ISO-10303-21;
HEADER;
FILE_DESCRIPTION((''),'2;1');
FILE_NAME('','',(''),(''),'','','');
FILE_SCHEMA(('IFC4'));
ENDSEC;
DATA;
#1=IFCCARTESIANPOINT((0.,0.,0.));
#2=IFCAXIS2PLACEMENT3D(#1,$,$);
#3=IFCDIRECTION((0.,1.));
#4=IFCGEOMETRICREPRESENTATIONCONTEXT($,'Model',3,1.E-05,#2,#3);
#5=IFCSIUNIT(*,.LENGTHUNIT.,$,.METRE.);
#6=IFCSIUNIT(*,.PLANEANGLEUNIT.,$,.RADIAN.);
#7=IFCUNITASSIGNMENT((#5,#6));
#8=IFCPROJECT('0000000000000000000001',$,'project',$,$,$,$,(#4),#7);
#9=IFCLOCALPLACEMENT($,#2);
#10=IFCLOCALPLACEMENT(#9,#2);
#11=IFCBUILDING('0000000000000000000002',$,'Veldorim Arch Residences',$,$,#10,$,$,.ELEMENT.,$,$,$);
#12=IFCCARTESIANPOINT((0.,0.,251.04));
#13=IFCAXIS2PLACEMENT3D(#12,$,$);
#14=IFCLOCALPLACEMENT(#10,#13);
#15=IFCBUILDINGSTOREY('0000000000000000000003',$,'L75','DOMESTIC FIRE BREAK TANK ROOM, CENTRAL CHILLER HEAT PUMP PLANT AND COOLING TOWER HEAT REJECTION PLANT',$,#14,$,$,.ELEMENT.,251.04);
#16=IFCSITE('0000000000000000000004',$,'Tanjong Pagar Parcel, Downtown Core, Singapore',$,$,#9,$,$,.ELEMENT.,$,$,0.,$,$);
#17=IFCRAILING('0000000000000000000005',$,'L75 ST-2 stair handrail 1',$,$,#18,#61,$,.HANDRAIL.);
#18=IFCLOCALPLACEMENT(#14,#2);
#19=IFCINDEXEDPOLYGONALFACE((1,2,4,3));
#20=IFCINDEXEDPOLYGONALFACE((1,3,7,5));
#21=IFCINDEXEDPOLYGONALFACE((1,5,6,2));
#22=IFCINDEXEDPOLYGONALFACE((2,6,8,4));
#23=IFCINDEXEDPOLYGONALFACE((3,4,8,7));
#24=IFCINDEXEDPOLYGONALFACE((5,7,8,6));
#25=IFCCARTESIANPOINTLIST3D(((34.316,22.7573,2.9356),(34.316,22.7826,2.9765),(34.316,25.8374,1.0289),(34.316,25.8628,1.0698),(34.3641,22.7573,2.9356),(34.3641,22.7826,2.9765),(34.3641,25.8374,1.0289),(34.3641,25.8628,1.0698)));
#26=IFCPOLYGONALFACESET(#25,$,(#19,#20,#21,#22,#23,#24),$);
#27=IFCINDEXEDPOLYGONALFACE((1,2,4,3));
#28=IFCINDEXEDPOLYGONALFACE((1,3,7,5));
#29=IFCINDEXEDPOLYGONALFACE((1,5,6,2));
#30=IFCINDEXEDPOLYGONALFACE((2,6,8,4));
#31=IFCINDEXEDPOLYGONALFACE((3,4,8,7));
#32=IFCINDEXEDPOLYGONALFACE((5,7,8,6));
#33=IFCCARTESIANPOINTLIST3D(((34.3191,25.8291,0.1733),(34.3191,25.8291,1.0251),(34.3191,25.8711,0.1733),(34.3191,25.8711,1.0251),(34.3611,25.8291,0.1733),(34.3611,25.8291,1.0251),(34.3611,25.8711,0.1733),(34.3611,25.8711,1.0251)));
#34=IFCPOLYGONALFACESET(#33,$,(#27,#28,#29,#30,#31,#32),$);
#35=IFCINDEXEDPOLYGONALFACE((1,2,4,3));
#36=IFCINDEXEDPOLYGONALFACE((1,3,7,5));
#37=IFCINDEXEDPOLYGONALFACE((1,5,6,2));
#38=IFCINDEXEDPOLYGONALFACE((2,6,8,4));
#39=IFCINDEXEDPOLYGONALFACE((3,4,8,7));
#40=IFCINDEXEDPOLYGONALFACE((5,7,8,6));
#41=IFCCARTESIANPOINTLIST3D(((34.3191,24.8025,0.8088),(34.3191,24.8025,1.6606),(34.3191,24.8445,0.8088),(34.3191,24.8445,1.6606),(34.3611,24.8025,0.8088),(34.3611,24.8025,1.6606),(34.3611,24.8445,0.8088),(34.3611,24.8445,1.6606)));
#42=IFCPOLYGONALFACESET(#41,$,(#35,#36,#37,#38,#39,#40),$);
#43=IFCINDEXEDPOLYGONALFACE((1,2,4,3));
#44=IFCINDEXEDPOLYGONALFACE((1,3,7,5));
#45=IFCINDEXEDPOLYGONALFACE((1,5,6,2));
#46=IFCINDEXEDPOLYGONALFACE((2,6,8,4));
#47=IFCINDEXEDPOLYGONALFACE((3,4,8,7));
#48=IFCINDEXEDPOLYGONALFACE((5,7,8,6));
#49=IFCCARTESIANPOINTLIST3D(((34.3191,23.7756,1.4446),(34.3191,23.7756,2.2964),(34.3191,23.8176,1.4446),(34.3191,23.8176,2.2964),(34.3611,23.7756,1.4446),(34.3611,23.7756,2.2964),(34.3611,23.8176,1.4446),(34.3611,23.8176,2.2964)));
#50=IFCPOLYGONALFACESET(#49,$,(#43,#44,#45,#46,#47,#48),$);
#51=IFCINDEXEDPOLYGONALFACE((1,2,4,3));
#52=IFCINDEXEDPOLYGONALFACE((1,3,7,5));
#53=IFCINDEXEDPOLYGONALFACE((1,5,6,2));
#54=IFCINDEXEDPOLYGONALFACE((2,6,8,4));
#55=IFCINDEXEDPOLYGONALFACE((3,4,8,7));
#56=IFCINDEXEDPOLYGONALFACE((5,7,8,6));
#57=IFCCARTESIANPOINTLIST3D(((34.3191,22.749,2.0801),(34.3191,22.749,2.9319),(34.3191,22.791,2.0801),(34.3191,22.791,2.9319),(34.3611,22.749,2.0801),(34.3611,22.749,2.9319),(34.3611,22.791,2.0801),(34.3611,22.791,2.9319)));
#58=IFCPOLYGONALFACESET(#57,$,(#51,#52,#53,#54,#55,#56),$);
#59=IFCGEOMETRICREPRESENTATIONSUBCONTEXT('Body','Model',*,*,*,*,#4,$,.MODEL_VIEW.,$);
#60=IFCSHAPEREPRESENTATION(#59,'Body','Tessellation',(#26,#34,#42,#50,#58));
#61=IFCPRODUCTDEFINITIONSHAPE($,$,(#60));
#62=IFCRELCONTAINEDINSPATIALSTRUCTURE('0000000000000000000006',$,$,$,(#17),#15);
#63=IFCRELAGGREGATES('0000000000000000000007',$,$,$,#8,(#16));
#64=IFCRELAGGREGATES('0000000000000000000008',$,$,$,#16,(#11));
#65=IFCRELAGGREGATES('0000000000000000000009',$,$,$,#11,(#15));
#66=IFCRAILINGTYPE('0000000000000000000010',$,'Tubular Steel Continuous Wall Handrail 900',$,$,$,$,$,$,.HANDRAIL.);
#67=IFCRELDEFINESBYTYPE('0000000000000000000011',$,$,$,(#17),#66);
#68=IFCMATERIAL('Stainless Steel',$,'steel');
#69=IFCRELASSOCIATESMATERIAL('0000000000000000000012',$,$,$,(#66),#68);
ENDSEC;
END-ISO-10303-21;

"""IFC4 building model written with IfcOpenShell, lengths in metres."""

from ifc_helpers import new_model, si_unit, direction, frame, origin, origin_2d, place, context, subcontext, project, spatial, rectangle, extrude, material, type_object, element, save


model = new_model("IFC4")

# Units and contexts
model_context = context("Model", 3, precision=1e-05, world=origin(), true_north=direction((0.0, 1.0)))
body_context = subcontext(model_context, "Body", "Model", "MODEL_VIEW")
ifc_project = project(units=[si_unit("LENGTHUNIT", "METRE"), si_unit("PLANEANGLEUNIT", "RADIAN")], contexts=[model_context])

# Site, building, storey
site_placement = place(None, origin())
site = spatial("IfcSite", under=ifc_project, at=site_placement, Name="Tanjong Pagar Parcel, Downtown Core, Singapore", CompositionType="ELEMENT", RefElevation=0.0)
building_placement = place(site_placement, origin())
building = spatial("IfcBuilding", under=site, at=building_placement, Name="Veldorim Arch Residences", CompositionType="ELEMENT")
storey_placement = place(building_placement, frame((0.0, 0.0, 251.04)))
storey = spatial("IfcBuildingStorey", under=building, at=storey_placement, Name="L75", Description="DOMESTIC FIRE BREAK TANK ROOM, CENTRAL CHILLER HEAT PUMP PLANT AND COOLING TOWER HEAT REJECTION PLANT", CompositionType="ELEMENT", Elevation=251.04)

# Railing
ifc_material_1 = material(Name="Stainless Steel", Category="steel")
railing_type_1 = type_object("IfcRailingType", Name="Tubular Steel Continuous Wall Handrail 900", PredefinedType="HANDRAIL", material=ifc_material_1)
railing_1_placement = place(storey_placement, frame((34.3401, 25.8501, 0.1733)))
element("IfcRailing", 1, at=railing_1_placement, inside=storey, type_object=railing_type_1, Name="L75 ST-2 stair handrail 1", PredefinedType="HANDRAIL", context=body_context, shape_type="SweptSolid", body=[
    extrude(rectangle(XDim=0.0481, YDim=0.0481, at=origin_2d()), frame((0.0, 0.0, 0.876), z_axis=(0.0, -0.850262, 0.526359), x_axis=(1.0, 0.0, 0.0)), (0.0, 0.0, 1.0), 3.6226),
    extrude(rectangle(XDim=0.042, YDim=0.042, at=origin_2d()), origin(), (0.0, 0.0, 1.0), 0.8518),
    extrude(rectangle(XDim=0.042, YDim=0.042, at=origin_2d()), frame((0.0, -1.0266, 0.6355)), (0.0, 0.0, 1.0), 0.8518),
    extrude(rectangle(XDim=0.042, YDim=0.042, at=origin_2d()), frame((0.0, -2.0535, 1.2712)), (0.0, 0.0, 1.0), 0.8518),
    extrude(rectangle(XDim=0.042, YDim=0.042, at=origin_2d()), frame((0.0, -3.0801, 1.9067)), (0.0, 0.0, 1.0), 0.8518),
])

save(model, "model.ifc")
